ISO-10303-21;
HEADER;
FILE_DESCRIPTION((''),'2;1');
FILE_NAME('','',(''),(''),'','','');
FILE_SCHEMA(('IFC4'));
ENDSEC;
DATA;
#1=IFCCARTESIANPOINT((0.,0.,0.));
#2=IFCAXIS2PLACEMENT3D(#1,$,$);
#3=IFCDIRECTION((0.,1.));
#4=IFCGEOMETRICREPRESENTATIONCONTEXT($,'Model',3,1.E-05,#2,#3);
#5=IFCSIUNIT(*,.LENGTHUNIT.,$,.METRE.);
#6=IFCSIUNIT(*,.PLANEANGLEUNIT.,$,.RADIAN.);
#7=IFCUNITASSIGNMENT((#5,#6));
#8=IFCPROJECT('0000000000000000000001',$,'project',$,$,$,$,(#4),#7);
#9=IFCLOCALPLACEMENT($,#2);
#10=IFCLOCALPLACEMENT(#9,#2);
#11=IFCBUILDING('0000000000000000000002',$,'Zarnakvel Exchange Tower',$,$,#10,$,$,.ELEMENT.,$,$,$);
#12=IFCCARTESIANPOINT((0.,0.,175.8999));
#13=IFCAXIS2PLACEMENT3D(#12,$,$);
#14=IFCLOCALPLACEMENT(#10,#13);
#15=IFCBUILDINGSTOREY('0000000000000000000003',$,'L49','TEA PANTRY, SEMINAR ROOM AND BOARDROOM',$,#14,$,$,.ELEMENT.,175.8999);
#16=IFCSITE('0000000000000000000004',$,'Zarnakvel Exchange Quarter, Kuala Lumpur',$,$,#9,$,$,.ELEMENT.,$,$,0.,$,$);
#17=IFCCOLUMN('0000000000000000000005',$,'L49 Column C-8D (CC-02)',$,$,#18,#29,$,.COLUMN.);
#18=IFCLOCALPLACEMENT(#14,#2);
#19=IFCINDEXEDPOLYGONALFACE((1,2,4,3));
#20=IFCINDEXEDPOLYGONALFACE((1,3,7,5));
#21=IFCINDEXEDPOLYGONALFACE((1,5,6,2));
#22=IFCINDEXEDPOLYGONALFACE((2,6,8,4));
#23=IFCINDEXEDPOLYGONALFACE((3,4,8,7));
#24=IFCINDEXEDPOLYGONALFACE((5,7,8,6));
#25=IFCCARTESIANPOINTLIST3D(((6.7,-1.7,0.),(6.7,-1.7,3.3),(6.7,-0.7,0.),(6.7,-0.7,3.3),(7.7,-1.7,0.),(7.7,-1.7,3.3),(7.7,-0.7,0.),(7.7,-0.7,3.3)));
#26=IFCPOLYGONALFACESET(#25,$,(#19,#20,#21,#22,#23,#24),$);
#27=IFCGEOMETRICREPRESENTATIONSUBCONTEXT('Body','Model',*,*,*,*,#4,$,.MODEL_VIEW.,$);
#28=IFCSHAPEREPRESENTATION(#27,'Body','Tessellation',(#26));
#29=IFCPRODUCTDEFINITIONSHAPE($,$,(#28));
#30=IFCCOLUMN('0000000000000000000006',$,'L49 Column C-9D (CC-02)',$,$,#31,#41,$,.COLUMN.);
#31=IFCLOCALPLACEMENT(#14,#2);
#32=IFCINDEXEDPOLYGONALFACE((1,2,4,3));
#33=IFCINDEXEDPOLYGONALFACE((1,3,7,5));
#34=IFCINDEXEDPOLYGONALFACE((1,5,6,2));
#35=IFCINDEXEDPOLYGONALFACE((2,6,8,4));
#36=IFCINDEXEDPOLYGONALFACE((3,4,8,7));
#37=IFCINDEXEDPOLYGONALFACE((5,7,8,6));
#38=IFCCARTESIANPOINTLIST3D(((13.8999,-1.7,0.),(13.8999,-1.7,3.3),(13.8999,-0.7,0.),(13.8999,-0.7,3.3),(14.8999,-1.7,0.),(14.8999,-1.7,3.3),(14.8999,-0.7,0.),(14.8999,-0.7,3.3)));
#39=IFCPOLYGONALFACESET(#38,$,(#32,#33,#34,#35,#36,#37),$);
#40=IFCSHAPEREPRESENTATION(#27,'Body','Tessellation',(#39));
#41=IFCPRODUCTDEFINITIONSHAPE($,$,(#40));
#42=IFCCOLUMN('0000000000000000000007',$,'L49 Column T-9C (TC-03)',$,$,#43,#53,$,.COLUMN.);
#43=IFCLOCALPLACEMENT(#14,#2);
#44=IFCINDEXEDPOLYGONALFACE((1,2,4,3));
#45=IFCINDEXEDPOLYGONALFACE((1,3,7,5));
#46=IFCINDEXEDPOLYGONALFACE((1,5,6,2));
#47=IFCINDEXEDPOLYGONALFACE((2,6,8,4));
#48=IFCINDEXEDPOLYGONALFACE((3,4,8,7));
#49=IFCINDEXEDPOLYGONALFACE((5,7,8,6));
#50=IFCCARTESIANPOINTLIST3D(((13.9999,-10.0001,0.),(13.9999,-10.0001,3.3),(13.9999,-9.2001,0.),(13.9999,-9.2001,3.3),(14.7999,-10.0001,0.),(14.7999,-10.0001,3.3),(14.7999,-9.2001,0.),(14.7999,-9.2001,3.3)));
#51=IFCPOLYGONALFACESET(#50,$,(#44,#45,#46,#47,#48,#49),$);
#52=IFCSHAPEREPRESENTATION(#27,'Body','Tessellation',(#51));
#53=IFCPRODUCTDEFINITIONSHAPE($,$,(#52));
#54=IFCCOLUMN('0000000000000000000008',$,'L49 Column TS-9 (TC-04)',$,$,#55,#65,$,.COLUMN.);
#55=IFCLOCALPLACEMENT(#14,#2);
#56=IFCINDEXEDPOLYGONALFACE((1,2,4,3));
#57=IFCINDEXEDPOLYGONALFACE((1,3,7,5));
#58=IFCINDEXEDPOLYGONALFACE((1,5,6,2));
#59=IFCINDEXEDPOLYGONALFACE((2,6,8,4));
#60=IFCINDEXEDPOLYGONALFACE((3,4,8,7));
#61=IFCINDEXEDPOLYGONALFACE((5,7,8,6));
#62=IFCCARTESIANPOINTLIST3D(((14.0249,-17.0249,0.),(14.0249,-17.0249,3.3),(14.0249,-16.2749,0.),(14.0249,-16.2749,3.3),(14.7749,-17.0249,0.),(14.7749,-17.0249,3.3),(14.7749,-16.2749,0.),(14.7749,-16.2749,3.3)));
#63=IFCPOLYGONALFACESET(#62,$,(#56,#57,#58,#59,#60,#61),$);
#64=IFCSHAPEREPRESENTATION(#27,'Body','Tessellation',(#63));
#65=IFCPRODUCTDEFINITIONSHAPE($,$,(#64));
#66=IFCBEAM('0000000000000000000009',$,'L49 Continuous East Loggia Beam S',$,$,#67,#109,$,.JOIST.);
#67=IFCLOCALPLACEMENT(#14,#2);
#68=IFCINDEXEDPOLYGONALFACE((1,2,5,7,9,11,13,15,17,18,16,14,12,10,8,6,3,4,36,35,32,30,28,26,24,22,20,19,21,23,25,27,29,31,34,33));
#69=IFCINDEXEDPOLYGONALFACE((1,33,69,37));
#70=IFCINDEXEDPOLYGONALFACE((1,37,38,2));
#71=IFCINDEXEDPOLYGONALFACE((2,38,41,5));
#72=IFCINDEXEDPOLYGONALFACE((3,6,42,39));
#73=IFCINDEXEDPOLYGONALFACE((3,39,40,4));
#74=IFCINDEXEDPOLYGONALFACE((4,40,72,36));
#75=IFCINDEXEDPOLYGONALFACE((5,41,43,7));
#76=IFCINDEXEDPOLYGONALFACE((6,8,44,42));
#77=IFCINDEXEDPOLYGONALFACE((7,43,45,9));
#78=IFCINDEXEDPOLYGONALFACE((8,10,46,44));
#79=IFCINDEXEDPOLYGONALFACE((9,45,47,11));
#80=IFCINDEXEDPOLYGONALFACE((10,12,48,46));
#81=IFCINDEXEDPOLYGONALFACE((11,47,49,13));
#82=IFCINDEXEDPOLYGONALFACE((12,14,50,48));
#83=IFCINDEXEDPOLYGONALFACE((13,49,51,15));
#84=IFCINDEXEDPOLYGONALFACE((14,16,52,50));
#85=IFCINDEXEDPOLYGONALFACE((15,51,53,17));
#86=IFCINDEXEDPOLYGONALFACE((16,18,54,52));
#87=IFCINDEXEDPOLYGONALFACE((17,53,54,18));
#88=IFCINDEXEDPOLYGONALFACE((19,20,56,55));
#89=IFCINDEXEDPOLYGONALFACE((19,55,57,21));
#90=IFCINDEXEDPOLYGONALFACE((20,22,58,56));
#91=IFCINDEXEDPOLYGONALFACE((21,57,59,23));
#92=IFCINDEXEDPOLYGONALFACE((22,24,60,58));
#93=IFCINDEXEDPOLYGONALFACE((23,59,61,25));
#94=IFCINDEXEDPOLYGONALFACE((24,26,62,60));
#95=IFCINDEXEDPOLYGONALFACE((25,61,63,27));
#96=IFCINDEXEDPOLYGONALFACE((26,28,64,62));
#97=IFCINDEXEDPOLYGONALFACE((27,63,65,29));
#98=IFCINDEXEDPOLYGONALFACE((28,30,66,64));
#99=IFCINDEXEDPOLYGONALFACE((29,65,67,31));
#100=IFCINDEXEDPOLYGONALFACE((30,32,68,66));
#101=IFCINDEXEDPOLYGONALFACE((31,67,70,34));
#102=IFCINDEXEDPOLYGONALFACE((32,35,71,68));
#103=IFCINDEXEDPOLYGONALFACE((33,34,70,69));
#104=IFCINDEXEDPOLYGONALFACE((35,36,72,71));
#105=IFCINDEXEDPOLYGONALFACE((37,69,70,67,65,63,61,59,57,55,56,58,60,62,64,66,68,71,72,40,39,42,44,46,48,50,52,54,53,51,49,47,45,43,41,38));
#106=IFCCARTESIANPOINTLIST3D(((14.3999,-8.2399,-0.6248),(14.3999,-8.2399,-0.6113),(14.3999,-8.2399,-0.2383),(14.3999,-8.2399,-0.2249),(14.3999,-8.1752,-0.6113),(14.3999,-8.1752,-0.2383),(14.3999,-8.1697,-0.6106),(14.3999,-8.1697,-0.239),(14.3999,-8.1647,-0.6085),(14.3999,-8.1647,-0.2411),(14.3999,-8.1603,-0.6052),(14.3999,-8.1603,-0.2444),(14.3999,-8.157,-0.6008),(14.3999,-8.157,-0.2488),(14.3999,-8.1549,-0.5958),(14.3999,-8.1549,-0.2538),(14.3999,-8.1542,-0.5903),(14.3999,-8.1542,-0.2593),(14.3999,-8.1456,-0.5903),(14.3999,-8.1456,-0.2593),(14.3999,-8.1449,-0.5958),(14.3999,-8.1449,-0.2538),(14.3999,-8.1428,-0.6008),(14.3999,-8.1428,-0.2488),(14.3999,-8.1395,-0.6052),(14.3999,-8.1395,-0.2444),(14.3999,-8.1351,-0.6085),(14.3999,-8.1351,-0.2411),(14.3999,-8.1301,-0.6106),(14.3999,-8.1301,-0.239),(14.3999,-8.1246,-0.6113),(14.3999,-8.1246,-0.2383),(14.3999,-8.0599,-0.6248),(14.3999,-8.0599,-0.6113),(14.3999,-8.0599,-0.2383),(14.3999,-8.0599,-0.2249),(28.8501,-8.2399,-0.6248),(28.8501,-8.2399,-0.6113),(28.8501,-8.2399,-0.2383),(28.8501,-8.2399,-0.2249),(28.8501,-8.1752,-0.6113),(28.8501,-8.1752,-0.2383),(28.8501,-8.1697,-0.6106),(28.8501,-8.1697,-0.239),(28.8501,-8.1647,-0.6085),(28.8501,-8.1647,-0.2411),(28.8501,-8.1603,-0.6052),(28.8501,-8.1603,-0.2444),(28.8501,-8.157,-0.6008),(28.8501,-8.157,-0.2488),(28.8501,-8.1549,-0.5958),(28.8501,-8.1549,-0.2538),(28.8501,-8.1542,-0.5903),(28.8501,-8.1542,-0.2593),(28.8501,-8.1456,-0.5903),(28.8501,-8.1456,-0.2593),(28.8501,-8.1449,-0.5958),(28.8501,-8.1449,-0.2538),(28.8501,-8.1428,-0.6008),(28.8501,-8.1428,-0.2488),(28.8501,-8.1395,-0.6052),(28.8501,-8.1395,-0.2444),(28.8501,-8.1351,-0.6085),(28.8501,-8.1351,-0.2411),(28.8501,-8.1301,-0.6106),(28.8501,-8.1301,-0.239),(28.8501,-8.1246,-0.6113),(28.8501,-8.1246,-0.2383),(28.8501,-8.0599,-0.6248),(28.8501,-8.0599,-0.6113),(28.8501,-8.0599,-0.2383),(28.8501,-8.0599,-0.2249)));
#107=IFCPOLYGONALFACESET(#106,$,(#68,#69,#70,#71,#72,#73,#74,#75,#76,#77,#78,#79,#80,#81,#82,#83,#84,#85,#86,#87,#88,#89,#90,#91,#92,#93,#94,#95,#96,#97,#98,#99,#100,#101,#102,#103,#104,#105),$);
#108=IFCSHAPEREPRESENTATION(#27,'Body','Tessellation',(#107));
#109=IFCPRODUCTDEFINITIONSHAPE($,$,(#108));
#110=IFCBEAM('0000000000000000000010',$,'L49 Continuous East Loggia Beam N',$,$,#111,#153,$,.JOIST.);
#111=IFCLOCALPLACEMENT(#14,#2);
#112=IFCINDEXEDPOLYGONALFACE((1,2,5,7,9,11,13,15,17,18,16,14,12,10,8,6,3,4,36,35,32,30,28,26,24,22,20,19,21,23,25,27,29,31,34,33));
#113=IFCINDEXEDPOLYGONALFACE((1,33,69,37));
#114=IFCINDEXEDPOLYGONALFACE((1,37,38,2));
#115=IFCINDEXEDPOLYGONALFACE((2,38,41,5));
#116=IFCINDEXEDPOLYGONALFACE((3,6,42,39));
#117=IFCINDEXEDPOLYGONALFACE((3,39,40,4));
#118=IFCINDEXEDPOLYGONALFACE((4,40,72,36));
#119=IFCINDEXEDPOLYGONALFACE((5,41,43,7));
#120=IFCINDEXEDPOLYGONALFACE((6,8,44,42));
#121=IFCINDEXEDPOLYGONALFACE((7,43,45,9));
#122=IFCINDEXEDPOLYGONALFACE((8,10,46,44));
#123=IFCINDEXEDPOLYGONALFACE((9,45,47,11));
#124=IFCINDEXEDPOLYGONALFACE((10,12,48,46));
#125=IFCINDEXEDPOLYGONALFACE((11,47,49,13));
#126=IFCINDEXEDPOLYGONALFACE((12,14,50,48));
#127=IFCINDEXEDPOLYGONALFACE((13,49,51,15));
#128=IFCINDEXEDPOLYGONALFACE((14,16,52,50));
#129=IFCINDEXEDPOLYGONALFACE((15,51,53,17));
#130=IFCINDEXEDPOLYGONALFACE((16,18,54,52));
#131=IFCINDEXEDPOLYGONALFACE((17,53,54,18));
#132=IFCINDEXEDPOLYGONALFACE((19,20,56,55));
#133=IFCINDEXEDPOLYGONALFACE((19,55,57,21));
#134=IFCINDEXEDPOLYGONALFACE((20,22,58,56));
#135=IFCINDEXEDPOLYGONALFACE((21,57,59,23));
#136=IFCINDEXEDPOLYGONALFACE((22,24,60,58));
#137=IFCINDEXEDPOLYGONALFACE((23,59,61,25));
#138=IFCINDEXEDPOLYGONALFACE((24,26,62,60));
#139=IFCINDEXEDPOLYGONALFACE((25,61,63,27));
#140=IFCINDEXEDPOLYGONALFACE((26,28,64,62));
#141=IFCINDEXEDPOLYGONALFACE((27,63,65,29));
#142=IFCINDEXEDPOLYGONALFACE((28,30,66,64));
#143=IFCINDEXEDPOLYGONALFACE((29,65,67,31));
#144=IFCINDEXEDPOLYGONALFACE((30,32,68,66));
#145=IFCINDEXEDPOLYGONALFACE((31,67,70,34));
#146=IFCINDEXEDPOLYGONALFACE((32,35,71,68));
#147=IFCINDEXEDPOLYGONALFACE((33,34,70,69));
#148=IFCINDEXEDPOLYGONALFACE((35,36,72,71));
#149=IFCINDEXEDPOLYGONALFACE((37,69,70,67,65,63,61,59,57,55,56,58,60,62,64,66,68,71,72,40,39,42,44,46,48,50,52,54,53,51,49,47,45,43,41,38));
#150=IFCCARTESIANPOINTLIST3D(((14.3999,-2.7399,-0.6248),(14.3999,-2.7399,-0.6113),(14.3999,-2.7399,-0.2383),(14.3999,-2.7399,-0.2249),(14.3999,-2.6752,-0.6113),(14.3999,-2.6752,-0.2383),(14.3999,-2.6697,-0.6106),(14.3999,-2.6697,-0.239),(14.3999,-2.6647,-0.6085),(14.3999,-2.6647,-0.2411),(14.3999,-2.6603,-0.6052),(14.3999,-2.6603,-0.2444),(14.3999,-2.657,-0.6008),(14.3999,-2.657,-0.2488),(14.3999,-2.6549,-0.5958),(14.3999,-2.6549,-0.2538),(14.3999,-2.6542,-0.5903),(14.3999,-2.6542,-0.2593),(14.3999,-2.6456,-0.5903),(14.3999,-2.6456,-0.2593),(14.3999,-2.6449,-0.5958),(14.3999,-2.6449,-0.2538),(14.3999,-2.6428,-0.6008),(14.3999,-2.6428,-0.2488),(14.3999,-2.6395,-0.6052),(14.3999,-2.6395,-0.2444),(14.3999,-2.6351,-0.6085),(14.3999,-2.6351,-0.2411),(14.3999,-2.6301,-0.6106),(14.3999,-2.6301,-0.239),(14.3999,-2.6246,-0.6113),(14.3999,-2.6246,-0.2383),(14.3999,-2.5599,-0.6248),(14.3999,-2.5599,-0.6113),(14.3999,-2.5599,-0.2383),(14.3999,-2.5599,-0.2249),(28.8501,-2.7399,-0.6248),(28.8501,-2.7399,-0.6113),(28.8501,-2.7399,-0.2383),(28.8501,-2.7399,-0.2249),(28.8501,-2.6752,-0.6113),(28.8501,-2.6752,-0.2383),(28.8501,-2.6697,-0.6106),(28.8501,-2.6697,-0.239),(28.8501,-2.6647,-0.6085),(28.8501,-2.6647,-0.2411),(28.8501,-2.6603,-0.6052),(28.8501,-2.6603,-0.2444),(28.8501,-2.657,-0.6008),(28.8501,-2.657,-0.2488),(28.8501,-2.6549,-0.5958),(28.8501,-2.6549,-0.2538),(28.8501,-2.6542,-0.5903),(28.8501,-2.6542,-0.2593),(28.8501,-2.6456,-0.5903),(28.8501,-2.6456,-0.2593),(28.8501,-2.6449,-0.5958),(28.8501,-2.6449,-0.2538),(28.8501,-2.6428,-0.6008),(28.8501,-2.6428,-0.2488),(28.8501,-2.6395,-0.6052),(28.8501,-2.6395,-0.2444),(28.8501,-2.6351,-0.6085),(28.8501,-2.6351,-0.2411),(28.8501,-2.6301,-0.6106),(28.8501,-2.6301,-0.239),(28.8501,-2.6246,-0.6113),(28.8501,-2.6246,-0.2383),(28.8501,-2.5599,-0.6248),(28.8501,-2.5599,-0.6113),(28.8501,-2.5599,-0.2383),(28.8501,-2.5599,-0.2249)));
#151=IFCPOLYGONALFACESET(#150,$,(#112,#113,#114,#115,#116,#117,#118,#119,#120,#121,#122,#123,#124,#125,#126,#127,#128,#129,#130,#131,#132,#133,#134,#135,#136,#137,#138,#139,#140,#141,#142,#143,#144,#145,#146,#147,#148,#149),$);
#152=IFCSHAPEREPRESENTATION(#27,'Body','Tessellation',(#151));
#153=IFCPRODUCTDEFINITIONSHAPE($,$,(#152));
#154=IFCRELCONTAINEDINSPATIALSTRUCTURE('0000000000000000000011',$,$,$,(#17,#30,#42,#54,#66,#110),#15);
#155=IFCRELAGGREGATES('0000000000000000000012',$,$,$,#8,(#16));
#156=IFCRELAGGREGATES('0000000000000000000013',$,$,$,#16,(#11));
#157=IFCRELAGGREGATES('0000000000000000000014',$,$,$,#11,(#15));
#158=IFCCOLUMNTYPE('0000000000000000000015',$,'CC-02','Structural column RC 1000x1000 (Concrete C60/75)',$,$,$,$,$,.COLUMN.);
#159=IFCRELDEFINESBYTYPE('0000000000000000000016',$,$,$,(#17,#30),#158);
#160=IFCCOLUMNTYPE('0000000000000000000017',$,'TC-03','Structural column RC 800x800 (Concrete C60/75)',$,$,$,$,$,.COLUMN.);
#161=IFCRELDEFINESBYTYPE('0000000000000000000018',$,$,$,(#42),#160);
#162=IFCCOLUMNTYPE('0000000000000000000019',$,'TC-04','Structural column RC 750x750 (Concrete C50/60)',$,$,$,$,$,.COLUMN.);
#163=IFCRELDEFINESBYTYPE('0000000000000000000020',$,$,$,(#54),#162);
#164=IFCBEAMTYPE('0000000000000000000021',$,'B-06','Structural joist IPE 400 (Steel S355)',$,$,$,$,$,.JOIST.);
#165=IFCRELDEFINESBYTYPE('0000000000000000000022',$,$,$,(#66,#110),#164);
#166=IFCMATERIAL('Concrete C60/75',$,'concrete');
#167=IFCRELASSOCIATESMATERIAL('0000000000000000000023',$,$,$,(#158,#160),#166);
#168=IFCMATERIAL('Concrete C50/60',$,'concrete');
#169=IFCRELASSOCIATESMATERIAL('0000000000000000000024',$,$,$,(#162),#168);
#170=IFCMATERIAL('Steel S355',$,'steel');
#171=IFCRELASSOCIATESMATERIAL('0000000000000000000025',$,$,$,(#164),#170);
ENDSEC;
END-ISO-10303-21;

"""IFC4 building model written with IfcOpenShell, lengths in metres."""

from ifc_helpers import new_model, si_unit, direction, frame, origin, origin_2d, place, context, subcontext, project, spatial, rectangle, i_section, extrude, material, material_profile, profile_set, type_object, element, save


model = new_model("IFC4")

# Units and contexts
model_context = context("Model", 3, precision=1e-05, world=origin(), true_north=direction((0.0, 1.0)))
body_context = subcontext(model_context, "Body", "Model", "MODEL_VIEW")
ifc_project = project(units=[si_unit("LENGTHUNIT", "METRE"), si_unit("PLANEANGLEUNIT", "RADIAN")], contexts=[model_context])

# Site, building, storey
site_placement = place(None, origin())
site = spatial("IfcSite", under=ifc_project, at=site_placement, Name="Zarnakvel Exchange Quarter, Kuala Lumpur", CompositionType="ELEMENT", RefElevation=0.0)
building_placement = place(site_placement, origin())
building = spatial("IfcBuilding", under=site, at=building_placement, Name="Zarnakvel Exchange Tower", CompositionType="ELEMENT")
storey_placement = place(building_placement, frame((0.0, 0.0, 175.8999)))
storey = spatial("IfcBuildingStorey", under=building, at=storey_placement, Name="L49", Description="TEA PANTRY, SEMINAR ROOM AND BOARDROOM", CompositionType="ELEMENT", Elevation=175.8999)

# Columns
ifc_material_1 = material(Name="Concrete C60/75", Category="concrete")
ifc_material_profile_1 = material_profile(ifc_material_1, rectangle(XDim=1.0, YDim=1.0, at=origin_2d()))
ifc_profile_set_1 = profile_set([ifc_material_profile_1], Name="Concrete C60/75")
column_type_1 = type_object("IfcColumnType", Name="CC-02", Description="Structural column RC 1000x1000 (Concrete C60/75)", PredefinedType="COLUMN", material=ifc_profile_set_1)
for number, where, z_axis, x_axis, name in (
    (1, (7.2, -1.2, 0.0), (0.0, 0.0, 1.0), (1.0, 0.0, 0.0), "L49 Column C-8D (CC-02)"),
    (2, (14.3999, -1.2, 0.0), (0.0, 0.0, 1.0), (1.0, 0.0, 0.0), "L49 Column C-9D (CC-02)"),
):
    element("IfcColumn", number, at=place(storey_placement, frame(where, z_axis=z_axis, x_axis=x_axis)), inside=storey, type_object=column_type_1, Name=name, PredefinedType="COLUMN", context=body_context, shape_type="SweptSolid", body=[
        extrude(rectangle(XDim=1.0, YDim=1.0, at=origin_2d()), origin(), (0.0, 0.0, 1.0), 3.3),
    ])
ifc_material_profile_2 = material_profile(ifc_material_1, rectangle(XDim=0.8, YDim=0.8, at=origin_2d()))
ifc_profile_set_2 = profile_set([ifc_material_profile_2], Name="Concrete C60/75")
column_type_2 = type_object("IfcColumnType", Name="TC-03", Description="Structural column RC 800x800 (Concrete C60/75)", PredefinedType="COLUMN", material=ifc_profile_set_2)
column_1_placement = place(storey_placement, frame((14.3999, -9.6001, 0.0), z_axis=(0.0, 0.0, 1.0), x_axis=(1.0, 0.0, 0.0)))
element("IfcColumn", 3, at=column_1_placement, inside=storey, type_object=column_type_2, Name="L49 Column T-9C (TC-03)", PredefinedType="COLUMN", context=body_context, shape_type="SweptSolid", body=[
    extrude(rectangle(XDim=0.8, YDim=0.8, at=origin_2d()), origin(), (0.0, 0.0, 1.0), 3.3),
])
ifc_material_2 = material(Name="Concrete C50/60", Category="concrete")
ifc_material_profile_3 = material_profile(ifc_material_2, rectangle(XDim=0.75, YDim=0.75, at=origin_2d()))
ifc_profile_set_3 = profile_set([ifc_material_profile_3], Name="Concrete C50/60")
column_type_3 = type_object("IfcColumnType", Name="TC-04", Description="Structural column RC 750x750 (Concrete C50/60)", PredefinedType="COLUMN", material=ifc_profile_set_3)
column_2_placement = place(storey_placement, frame((14.3999, -16.6499, 0.0), z_axis=(0.0, 0.0, 1.0), x_axis=(1.0, 0.0, 0.0)))
element("IfcColumn", 4, at=column_2_placement, inside=storey, type_object=column_type_3, Name="L49 Column TS-9 (TC-04)", PredefinedType="COLUMN", context=body_context, shape_type="SweptSolid", body=[
    extrude(rectangle(XDim=0.75, YDim=0.75, at=origin_2d()), origin(), (0.0, 0.0, 1.0), 3.3),
])

# Beams
ifc_material_3 = material(Name="Steel S355", Category="steel")
ifc_material_profile_4 = material_profile(ifc_material_3, i_section(OverallWidth=0.1799, OverallDepth=0.3999, WebThickness=0.0085, FlangeThickness=0.0134, FilletRadius=0.021, at=origin_2d()))
ifc_profile_set_4 = profile_set([ifc_material_profile_4], Name="Steel S355")
beam_type_1 = type_object("IfcBeamType", Name="B-06", Description="Structural joist IPE 400 (Steel S355)", PredefinedType="JOIST", material=ifc_profile_set_4)
for number, where, z_axis, x_axis, name in (
    (5, (14.3999, -8.1499, -0.4248), (1.0, 0.0, 0.0), (0.0, 1.0, 0.0), "L49 Continuous East Loggia Beam S"),
    (6, (14.3999, -2.6499, -0.4248), (1.0, 0.0, 0.0), (0.0, 1.0, 0.0), "L49 Continuous East Loggia Beam N"),
):
    element("IfcBeam", number, at=place(storey_placement, frame(where, z_axis=z_axis, x_axis=x_axis)), inside=storey, type_object=beam_type_1, Name=name, PredefinedType="JOIST", context=body_context, shape_type="SweptSolid", body=[
        extrude(i_section(OverallWidth=0.1799, OverallDepth=0.3999, WebThickness=0.0085, FlangeThickness=0.0134, FilletRadius=0.021, at=origin_2d()), origin(), (0.0, 0.0, 1.0), 14.4502),
    ])

save(model, "model.ifc")
